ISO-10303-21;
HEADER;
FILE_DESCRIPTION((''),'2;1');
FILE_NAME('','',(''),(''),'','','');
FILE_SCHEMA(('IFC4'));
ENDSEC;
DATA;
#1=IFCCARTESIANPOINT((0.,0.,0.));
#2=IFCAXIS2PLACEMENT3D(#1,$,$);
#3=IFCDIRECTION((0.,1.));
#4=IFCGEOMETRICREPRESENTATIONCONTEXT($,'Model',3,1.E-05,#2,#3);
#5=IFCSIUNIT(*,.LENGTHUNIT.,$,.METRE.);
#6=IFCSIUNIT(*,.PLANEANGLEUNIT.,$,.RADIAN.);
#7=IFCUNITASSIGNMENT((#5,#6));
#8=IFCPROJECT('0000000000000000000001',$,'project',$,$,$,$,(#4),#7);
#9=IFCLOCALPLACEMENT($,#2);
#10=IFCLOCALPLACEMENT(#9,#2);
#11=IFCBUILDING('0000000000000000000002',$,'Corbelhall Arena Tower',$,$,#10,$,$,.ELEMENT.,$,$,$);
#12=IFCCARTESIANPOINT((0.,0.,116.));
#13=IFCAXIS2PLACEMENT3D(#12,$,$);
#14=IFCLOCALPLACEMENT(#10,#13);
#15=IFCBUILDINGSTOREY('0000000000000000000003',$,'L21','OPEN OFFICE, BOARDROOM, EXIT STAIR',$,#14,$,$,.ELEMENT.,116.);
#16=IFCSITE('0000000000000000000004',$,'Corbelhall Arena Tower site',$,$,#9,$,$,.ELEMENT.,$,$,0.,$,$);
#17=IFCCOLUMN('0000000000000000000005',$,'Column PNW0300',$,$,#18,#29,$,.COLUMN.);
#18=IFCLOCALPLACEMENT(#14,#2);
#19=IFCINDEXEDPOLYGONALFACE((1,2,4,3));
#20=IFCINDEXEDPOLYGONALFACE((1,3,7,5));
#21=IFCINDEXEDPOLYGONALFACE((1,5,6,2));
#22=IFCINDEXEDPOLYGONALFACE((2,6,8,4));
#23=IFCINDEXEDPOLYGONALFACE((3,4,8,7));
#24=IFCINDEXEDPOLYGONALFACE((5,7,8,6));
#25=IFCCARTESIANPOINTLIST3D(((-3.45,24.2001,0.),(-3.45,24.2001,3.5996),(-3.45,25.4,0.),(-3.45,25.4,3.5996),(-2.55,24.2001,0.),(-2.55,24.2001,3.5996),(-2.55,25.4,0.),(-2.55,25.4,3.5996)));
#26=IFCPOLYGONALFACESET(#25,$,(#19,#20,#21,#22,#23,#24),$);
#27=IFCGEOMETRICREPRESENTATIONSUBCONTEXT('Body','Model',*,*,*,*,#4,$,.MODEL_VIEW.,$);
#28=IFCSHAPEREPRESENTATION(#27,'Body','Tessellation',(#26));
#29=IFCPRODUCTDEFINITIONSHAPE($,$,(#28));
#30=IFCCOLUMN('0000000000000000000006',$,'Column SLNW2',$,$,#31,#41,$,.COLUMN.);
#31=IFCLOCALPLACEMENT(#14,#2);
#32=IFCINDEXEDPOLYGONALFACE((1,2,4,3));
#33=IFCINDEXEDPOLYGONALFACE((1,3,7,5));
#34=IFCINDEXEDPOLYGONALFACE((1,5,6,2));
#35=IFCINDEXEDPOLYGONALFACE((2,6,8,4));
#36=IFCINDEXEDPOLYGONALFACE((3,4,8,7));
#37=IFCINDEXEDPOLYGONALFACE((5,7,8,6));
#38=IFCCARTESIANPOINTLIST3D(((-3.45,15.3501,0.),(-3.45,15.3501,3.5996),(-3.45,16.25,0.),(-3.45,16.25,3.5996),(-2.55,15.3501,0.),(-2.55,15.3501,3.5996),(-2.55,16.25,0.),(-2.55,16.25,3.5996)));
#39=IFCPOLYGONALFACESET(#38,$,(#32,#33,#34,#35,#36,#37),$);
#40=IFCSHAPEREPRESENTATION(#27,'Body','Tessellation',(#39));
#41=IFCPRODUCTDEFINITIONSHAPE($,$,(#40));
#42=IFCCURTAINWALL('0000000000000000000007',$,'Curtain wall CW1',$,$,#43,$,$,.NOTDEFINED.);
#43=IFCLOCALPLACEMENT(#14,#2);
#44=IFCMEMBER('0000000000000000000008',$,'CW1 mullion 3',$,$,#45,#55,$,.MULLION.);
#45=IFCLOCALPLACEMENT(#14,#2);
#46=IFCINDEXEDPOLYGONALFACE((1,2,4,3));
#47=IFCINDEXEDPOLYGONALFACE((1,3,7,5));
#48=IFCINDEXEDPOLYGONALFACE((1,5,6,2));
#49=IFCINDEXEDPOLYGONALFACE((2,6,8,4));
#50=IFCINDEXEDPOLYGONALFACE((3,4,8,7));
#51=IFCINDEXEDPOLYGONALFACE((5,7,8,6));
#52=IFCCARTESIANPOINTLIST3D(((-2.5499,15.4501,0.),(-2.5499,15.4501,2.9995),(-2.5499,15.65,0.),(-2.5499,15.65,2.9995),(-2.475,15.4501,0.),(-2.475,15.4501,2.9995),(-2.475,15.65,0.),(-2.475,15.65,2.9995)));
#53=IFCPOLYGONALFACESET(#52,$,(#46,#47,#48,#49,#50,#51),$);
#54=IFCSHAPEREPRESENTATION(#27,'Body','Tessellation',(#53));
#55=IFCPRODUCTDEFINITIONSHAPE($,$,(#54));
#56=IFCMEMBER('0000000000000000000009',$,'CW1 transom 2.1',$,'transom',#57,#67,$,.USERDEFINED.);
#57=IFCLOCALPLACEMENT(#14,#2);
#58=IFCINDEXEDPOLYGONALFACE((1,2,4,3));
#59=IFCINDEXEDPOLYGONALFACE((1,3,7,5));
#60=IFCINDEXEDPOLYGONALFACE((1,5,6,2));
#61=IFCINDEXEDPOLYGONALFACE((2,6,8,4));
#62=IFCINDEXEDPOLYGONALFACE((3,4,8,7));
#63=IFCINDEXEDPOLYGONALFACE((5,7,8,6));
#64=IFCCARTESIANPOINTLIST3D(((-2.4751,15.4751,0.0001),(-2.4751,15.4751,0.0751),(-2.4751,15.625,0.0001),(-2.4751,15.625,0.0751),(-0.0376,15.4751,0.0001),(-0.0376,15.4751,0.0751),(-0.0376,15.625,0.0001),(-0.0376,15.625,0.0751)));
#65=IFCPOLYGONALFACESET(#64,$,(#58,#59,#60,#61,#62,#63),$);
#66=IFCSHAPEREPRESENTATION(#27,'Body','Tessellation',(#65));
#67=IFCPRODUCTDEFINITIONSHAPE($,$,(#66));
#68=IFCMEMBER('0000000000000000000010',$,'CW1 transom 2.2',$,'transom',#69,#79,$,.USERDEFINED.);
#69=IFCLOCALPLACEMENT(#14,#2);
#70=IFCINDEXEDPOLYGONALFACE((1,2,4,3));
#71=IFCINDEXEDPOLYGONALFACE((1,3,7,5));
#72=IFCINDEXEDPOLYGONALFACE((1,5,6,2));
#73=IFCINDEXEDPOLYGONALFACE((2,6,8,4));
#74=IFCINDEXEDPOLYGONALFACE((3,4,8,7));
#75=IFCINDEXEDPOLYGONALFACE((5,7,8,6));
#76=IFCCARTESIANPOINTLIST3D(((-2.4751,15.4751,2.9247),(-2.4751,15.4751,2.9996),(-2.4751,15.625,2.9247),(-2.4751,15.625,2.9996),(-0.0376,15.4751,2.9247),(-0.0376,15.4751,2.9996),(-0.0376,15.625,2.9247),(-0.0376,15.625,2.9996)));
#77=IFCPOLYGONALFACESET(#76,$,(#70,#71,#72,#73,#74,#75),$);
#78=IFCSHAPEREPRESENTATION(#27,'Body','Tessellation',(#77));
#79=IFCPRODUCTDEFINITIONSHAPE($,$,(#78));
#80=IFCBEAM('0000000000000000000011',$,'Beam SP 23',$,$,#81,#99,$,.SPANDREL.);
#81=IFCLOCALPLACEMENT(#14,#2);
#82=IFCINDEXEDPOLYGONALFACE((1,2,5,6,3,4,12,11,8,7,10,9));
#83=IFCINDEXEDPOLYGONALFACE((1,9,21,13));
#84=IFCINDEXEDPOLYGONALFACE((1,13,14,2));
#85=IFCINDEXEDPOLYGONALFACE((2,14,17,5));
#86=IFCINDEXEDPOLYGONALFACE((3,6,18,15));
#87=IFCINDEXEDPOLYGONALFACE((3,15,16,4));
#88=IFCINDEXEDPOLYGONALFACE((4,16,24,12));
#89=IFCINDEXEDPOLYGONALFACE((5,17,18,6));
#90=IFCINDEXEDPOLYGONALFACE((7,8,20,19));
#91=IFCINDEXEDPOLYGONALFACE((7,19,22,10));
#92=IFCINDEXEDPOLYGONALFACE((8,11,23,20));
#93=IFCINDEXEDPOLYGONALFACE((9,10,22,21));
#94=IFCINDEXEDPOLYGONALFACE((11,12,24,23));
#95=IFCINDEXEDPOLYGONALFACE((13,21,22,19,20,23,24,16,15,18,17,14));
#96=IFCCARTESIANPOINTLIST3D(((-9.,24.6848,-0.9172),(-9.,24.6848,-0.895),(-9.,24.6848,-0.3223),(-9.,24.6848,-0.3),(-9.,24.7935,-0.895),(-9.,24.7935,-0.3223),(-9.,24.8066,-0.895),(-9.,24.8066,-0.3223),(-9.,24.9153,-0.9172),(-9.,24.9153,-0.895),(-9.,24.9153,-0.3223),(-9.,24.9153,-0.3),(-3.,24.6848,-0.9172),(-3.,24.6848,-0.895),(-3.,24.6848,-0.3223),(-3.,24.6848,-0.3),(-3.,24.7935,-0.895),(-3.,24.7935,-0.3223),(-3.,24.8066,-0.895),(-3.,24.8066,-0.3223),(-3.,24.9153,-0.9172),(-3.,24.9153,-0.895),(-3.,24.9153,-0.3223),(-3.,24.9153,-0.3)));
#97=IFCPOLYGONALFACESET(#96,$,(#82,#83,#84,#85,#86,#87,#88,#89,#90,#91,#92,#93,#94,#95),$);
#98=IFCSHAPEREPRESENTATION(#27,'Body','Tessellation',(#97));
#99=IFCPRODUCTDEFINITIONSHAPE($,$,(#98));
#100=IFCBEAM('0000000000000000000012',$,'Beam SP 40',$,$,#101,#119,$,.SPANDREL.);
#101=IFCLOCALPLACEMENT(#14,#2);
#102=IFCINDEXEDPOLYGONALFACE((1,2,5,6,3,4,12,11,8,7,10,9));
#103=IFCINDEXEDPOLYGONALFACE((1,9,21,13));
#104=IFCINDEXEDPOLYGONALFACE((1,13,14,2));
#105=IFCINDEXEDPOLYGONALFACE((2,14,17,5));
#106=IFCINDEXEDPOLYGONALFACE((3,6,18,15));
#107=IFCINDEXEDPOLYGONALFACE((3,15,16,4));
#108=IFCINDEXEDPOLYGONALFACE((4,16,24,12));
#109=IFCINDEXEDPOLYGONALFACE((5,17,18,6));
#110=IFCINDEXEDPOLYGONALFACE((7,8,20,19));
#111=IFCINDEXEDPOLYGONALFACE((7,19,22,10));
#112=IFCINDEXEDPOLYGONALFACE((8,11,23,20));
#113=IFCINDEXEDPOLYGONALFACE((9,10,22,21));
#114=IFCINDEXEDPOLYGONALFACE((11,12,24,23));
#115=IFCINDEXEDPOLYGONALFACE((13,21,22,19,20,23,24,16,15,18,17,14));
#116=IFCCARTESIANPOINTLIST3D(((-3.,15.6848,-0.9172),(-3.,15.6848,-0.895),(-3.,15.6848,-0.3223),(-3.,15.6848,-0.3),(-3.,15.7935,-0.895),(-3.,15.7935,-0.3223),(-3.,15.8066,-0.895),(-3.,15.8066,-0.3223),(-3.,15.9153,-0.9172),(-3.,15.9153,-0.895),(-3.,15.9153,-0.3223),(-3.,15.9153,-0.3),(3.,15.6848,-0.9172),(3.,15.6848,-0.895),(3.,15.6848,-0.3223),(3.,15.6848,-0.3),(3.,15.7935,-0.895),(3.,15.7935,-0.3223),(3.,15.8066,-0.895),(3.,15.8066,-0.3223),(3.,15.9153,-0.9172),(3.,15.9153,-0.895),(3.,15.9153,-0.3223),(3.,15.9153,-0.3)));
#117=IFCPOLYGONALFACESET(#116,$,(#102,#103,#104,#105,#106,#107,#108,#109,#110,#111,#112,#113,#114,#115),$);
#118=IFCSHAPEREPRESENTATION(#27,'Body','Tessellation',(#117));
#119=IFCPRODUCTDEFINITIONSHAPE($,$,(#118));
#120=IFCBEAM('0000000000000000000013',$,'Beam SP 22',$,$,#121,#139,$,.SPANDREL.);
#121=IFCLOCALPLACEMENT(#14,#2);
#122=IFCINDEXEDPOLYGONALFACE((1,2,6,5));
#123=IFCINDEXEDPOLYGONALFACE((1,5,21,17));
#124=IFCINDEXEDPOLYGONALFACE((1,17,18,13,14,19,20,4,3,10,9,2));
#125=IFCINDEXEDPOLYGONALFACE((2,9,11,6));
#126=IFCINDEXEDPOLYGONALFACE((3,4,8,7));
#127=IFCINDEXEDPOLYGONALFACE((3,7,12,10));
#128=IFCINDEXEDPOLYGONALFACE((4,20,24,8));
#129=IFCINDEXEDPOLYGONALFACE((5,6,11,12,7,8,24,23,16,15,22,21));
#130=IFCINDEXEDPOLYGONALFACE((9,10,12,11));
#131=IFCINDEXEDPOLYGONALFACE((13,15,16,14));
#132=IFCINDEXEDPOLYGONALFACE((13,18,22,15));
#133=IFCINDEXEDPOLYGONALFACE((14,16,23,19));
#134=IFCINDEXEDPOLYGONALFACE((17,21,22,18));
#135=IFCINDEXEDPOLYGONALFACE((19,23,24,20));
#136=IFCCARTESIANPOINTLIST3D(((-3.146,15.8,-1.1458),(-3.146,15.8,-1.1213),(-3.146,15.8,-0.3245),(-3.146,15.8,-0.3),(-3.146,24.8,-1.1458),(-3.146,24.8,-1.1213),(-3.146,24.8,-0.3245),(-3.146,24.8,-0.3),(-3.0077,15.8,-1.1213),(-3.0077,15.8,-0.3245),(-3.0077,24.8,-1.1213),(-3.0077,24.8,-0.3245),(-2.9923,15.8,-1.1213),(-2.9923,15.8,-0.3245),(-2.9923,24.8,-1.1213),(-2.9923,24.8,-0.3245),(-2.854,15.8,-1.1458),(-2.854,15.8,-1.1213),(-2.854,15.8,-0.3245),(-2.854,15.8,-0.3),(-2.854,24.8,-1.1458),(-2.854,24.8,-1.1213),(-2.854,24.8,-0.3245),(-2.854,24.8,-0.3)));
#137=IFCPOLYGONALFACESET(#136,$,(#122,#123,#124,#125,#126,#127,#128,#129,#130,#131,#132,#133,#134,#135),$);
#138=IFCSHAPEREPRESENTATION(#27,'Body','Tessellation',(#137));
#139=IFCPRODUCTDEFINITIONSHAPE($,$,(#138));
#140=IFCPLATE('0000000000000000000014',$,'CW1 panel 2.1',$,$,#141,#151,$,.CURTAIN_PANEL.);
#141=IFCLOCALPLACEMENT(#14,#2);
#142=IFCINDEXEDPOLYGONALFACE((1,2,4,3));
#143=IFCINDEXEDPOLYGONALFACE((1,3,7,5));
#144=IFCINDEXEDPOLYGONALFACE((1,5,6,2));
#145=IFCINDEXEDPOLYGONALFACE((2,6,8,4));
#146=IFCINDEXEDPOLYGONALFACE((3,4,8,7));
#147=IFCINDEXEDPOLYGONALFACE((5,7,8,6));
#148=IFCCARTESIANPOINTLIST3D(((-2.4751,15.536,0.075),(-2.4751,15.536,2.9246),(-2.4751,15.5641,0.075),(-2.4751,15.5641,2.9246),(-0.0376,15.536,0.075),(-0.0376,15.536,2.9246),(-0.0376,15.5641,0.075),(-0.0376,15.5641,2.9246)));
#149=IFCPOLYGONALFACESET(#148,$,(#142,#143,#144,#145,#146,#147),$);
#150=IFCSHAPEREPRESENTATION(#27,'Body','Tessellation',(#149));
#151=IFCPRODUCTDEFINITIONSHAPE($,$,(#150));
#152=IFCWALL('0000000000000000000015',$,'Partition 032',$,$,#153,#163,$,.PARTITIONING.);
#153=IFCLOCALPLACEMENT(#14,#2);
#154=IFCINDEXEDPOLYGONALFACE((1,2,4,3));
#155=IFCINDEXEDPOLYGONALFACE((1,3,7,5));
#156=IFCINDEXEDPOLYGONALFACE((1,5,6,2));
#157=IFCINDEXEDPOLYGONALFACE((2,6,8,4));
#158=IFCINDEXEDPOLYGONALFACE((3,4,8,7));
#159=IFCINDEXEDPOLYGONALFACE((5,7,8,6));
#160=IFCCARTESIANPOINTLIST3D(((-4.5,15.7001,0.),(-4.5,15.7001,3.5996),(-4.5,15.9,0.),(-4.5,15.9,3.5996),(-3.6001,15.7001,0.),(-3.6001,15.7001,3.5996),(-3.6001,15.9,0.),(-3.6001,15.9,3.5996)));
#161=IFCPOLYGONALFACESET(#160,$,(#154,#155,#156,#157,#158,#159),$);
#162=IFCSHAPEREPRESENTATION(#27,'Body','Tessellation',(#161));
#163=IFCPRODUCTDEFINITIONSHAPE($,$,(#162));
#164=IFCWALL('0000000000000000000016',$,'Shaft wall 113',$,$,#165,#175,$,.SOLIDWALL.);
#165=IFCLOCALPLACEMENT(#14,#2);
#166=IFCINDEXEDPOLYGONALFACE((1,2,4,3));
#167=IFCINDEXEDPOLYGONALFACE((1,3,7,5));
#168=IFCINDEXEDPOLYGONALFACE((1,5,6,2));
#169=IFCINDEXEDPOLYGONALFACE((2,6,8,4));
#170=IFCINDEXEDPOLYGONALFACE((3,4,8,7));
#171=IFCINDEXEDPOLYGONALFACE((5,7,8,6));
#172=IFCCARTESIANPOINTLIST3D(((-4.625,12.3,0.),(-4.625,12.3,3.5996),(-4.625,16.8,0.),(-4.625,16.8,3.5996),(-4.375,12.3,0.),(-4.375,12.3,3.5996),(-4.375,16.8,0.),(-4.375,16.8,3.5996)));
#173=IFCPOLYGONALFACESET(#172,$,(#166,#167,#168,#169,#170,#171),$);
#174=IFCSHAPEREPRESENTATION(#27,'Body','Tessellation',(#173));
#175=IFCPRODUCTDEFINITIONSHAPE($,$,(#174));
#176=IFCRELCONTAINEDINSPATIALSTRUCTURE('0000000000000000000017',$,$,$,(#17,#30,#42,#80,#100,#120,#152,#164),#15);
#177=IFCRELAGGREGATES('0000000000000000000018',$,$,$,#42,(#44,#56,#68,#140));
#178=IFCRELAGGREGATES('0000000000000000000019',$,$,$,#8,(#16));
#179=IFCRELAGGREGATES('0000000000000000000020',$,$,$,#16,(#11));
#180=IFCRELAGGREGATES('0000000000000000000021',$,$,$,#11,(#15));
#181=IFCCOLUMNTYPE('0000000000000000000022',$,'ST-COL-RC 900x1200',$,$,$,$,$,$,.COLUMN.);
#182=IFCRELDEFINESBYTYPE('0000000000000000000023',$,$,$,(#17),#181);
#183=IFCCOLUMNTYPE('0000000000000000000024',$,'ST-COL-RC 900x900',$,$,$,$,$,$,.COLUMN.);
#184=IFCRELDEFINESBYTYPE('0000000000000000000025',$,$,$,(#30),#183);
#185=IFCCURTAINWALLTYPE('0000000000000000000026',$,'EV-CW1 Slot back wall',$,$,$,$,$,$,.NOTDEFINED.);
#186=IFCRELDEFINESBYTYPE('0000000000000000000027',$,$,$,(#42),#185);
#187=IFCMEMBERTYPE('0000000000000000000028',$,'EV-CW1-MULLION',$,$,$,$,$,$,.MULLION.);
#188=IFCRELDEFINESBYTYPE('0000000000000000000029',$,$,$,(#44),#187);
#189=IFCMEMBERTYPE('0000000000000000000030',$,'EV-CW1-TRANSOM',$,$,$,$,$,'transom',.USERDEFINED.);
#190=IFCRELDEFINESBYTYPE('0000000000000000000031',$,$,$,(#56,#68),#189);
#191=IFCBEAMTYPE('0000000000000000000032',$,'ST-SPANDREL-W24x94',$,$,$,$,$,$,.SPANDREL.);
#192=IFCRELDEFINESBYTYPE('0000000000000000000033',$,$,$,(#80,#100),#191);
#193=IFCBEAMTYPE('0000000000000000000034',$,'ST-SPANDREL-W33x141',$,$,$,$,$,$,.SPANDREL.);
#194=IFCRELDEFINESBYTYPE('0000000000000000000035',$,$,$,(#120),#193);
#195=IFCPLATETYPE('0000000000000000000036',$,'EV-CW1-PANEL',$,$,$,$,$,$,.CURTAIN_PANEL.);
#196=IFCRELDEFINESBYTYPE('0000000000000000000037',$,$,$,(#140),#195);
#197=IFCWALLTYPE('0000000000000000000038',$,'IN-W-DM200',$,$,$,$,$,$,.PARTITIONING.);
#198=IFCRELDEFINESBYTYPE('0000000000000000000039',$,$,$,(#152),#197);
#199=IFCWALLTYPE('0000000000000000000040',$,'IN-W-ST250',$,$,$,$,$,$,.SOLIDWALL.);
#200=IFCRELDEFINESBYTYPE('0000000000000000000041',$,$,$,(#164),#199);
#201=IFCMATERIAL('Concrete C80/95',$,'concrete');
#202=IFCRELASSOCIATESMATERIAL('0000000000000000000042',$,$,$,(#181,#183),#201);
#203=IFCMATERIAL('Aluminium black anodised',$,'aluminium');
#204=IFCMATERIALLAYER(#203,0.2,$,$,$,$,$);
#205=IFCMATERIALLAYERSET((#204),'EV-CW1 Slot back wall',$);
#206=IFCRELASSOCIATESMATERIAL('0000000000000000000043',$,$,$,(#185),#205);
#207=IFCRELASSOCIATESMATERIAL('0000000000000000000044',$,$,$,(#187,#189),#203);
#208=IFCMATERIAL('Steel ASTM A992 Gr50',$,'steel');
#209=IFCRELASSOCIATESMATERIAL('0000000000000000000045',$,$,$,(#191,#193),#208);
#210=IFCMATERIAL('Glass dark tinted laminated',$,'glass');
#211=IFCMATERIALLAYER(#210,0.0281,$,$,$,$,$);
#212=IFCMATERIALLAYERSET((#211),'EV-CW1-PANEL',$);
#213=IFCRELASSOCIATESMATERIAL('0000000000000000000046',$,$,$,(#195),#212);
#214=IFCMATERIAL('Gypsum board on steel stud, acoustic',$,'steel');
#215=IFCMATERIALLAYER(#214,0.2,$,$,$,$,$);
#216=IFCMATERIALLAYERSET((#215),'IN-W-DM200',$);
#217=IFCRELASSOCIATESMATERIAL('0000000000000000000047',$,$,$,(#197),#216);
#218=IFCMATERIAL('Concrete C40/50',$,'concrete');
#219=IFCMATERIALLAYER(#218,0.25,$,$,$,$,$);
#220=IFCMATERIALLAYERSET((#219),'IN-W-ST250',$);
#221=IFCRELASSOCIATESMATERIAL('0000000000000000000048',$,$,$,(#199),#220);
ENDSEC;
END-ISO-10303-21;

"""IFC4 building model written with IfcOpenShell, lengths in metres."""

from ifc_helpers import new_model, si_unit, direction, frame, frame_2d, origin, origin_2d, place, context, subcontext, project, spatial, rectangle, i_section, extrude, material, layer, layer_set, material_profile, profile_set, type_object, element, aggregate, save


model = new_model("IFC4")

# Units and contexts
model_context = context("Model", 3, precision=1e-05, world=origin(), true_north=direction((0.0, 1.0)))
body_context = subcontext(model_context, "Body", "Model", "MODEL_VIEW")
ifc_project = project(units=[si_unit("LENGTHUNIT", "METRE"), si_unit("PLANEANGLEUNIT", "RADIAN")], contexts=[model_context])

# Site, building, storey
site_placement = place(None, origin())
site = spatial("IfcSite", under=ifc_project, at=site_placement, Name="Corbelhall Arena Tower site", CompositionType="ELEMENT", RefElevation=0.0)
building_placement = place(site_placement, origin())
building = spatial("IfcBuilding", under=site, at=building_placement, Name="Corbelhall Arena Tower", CompositionType="ELEMENT")
storey_placement = place(building_placement, frame((0.0, 0.0, 116.0)))
storey = spatial("IfcBuildingStorey", under=building, at=storey_placement, Name="L21", Description="OPEN OFFICE, BOARDROOM, EXIT STAIR", CompositionType="ELEMENT", Elevation=116.0)

# Columns
ifc_material_1 = material(Name="Concrete C80/95", Category="concrete")
ifc_material_profile_1 = material_profile(ifc_material_1, rectangle(XDim=0.8999, YDim=1.2, at=origin_2d()))
ifc_profile_set_1 = profile_set([ifc_material_profile_1], Name="Concrete C80/95")
column_type_1 = type_object("IfcColumnType", Name="ST-COL-RC 900x1200", PredefinedType="COLUMN", material=ifc_profile_set_1)
column_1_placement = place(storey_placement, frame((-3.0, 24.8, 0.0), z_axis=(0.0, 0.0, 1.0), x_axis=(1.0, 0.0, 0.0)))
element("IfcColumn", 1, at=column_1_placement, inside=storey, type_object=column_type_1, Name="Column PNW0300", PredefinedType="COLUMN", context=body_context, shape_type="SweptSolid", body=[
    extrude(rectangle(XDim=0.8999, YDim=1.2, at=origin_2d()), origin(), (0.0, 0.0, 1.0), 3.5996),
])
ifc_material_profile_2 = material_profile(ifc_material_1, rectangle(XDim=0.8999, YDim=0.8999, at=origin_2d()))
ifc_profile_set_2 = profile_set([ifc_material_profile_2], Name="Concrete C80/95")
column_type_2 = type_object("IfcColumnType", Name="ST-COL-RC 900x900", PredefinedType="COLUMN", material=ifc_profile_set_2)
column_2_placement = place(storey_placement, frame((-3.0, 15.8, 0.0), z_axis=(0.0, 0.0, 1.0), x_axis=(1.0, 0.0, 0.0)))
element("IfcColumn", 2, at=column_2_placement, inside=storey, type_object=column_type_2, Name="Column SLNW2", PredefinedType="COLUMN", context=body_context, shape_type="SweptSolid", body=[
    extrude(rectangle(XDim=0.8999, YDim=0.8999, at=origin_2d()), origin(), (0.0, 0.0, 1.0), 3.5996),
])

# Curtain wall, members
ifc_material_2 = material(Name="Aluminium black anodised", Category="aluminium")
ifc_layer_1 = layer(ifc_material_2, 0.2)
ifc_layer_set_1 = layer_set([ifc_layer_1], Name="EV-CW1 Slot back wall")
curtain_wall_type = type_object("IfcCurtainWallType", Name="EV-CW1 Slot back wall", PredefinedType="NOTDEFINED", material=ifc_layer_set_1)
curtain_wall_placement = place(storey_placement, origin())
curtain_wall = element("IfcCurtainWall", 3, at=curtain_wall_placement, inside=storey, type_object=curtain_wall_type, Name="Curtain wall CW1", PredefinedType="NOTDEFINED")
ifc_material_profile_3 = material_profile(ifc_material_2, rectangle(XDim=0.2, YDim=0.075, at=origin_2d()))
ifc_profile_set_3 = profile_set([ifc_material_profile_3], Name="Aluminium black anodised")
member_type_1 = type_object("IfcMemberType", Name="EV-CW1-MULLION", PredefinedType="MULLION", material=ifc_profile_set_3)
member_1_placement = place(storey_placement, frame((-2.5125, 15.55, 0.0), z_axis=(0.0, 0.0, 1.0), x_axis=(0.0, -1.0, 0.0)))
member_1 = element("IfcMember", 4, at=member_1_placement, type_object=member_type_1, Name="CW1 mullion 3", PredefinedType="MULLION", context=body_context, shape_type="SweptSolid", body=[
    extrude(rectangle(XDim=0.2, YDim=0.075, at=origin_2d()), origin(), (0.0, 0.0, 1.0), 2.9995),
])
ifc_material_profile_4 = material_profile(ifc_material_2, rectangle(XDim=0.1499, YDim=0.075, at=origin_2d()))
ifc_profile_set_4 = profile_set([ifc_material_profile_4], Name="Aluminium black anodised")
member_type_2 = type_object("IfcMemberType", Name="EV-CW1-TRANSOM", ElementType="transom", PredefinedType="USERDEFINED", material=ifc_profile_set_4)
member_2_placement = place(storey_placement, frame((-0.0376, 15.55, 0.0376), z_axis=(-1.0, 0.0, 0.0), x_axis=(0.0, -1.0, 0.0)))
member_2 = element("IfcMember", 5, at=member_2_placement, type_object=member_type_2, Name="CW1 transom 2.1", ObjectType="transom", PredefinedType="USERDEFINED", context=body_context, shape_type="SweptSolid", body=[
    extrude(rectangle(XDim=0.1499, YDim=0.075, at=origin_2d()), origin(), (0.0, 0.0, 1.0), 2.4375),
])
member_3_placement = place(storey_placement, frame((-0.0376, 15.55, 2.9622), z_axis=(-1.0, 0.0, 0.0), x_axis=(0.0, -1.0, 0.0)))
member_3 = element("IfcMember", 6, at=member_3_placement, type_object=member_type_2, Name="CW1 transom 2.2", ObjectType="transom", PredefinedType="USERDEFINED", context=body_context, shape_type="SweptSolid", body=[
    extrude(rectangle(XDim=0.1499, YDim=0.075, at=origin_2d()), origin(), (0.0, 0.0, 1.0), 2.4375),
])

# Beams
ifc_material_3 = material(Name="Steel ASTM A992 Gr50", Category="steel")
ifc_material_profile_5 = material_profile(ifc_material_3, i_section(OverallWidth=0.2305, OverallDepth=0.6172, WebThickness=0.0132, FlangeThickness=0.0222, at=origin_2d()))
ifc_profile_set_5 = profile_set([ifc_material_profile_5], Name="Steel ASTM A992 Gr50")
beam_type_1 = type_object("IfcBeamType", Name="ST-SPANDREL-W24x94", PredefinedType="SPANDREL", material=ifc_profile_set_5)
for number, where, z_axis, x_axis, name in (
    (7, (-9.0, 24.8, -0.6086), (1.0, 0.0, 0.0), (0.0, 1.0, 0.0), "Beam SP 23"),
    (8, (-3.0, 15.8, -0.6086), (1.0, 0.0, 0.0), (0.0, 1.0, 0.0), "Beam SP 40"),
):
    element("IfcBeam", number, at=place(storey_placement, frame(where, z_axis=z_axis, x_axis=x_axis)), inside=storey, type_object=beam_type_1, Name=name, PredefinedType="SPANDREL", context=body_context, shape_type="SweptSolid", body=[
        extrude(i_section(OverallWidth=0.2305, OverallDepth=0.6172, WebThickness=0.0132, FlangeThickness=0.0222, at=origin_2d()), origin(), (0.0, 0.0, 1.0), 6.0),
    ])
ifc_material_profile_6 = material_profile(ifc_material_3, i_section(OverallWidth=0.292, OverallDepth=0.8457, WebThickness=0.0154, FlangeThickness=0.0244, at=origin_2d()))
ifc_profile_set_6 = profile_set([ifc_material_profile_6], Name="Steel ASTM A992 Gr50")
beam_type_2 = type_object("IfcBeamType", Name="ST-SPANDREL-W33x141", PredefinedType="SPANDREL", material=ifc_profile_set_6)
beam_placement = place(storey_placement, frame((-3.0, 24.8, -0.7229), z_axis=(0.0, -1.0, 0.0), x_axis=(1.0, 0.0, 0.0)))
element("IfcBeam", 9, at=beam_placement, inside=storey, type_object=beam_type_2, Name="Beam SP 22", PredefinedType="SPANDREL", context=body_context, shape_type="SweptSolid", body=[
    extrude(i_section(OverallWidth=0.292, OverallDepth=0.8457, WebThickness=0.0154, FlangeThickness=0.0244, at=origin_2d()), origin(), (0.0, 0.0, 1.0), 9.0),
])

# Plate
ifc_material_4 = material(Name="Glass dark tinted laminated", Category="glass")
ifc_layer_2 = layer(ifc_material_4, 0.0281)
ifc_layer_set_2 = layer_set([ifc_layer_2], Name="EV-CW1-PANEL")
plate_type = type_object("IfcPlateType", Name="EV-CW1-PANEL", PredefinedType="CURTAIN_PANEL", material=ifc_layer_set_2)
plate_placement = place(storey_placement, frame((-1.2563, 15.55, 0.075), z_axis=(0.0, 0.0, 1.0), x_axis=(-1.0, 0.0, 0.0)))
plate = element("IfcPlate", 10, at=plate_placement, type_object=plate_type, Name="CW1 panel 2.1", PredefinedType="CURTAIN_PANEL", context=body_context, shape_type="SweptSolid", body=[
    extrude(rectangle(XDim=2.4375, YDim=0.0281, at=origin_2d()), origin(), (0.0, 0.0, 1.0), 2.8496),
])
aggregate(curtain_wall, [member_1, member_2, member_3, plate])

# Walls
ifc_material_5 = material(Name="Gypsum board on steel stud, acoustic", Category="steel")
ifc_layer_3 = layer(ifc_material_5, 0.2)
ifc_layer_set_3 = layer_set([ifc_layer_3], Name="IN-W-DM200")
wall_type_1 = type_object("IfcWallType", Name="IN-W-DM200", PredefinedType="PARTITIONING", material=ifc_layer_set_3)
wall_1_placement = place(storey_placement, frame((-4.5, 15.8, 0.0), z_axis=(0.0, 0.0, 1.0), x_axis=(1.0, 0.0, 0.0)))
element("IfcWall", 11, at=wall_1_placement, inside=storey, type_object=wall_type_1, Name="Partition 032", PredefinedType="PARTITIONING", context=body_context, shape_type="SweptSolid", body=[
    extrude(rectangle(XDim=0.8999, YDim=0.2, at=frame_2d((0.45, 0.0))), origin(), (0.0, 0.0, 1.0), 3.5996),
])
ifc_material_6 = material(Name="Concrete C40/50", Category="concrete")
ifc_layer_4 = layer(ifc_material_6, 0.25)
ifc_layer_set_4 = layer_set([ifc_layer_4], Name="IN-W-ST250")
wall_type_2 = type_object("IfcWallType", Name="IN-W-ST250", PredefinedType="SOLIDWALL", material=ifc_layer_set_4)
wall_2_placement = place(storey_placement, frame((-4.5, 16.8, 0.0), z_axis=(0.0, 0.0, 1.0), x_axis=(0.0, -1.0, 0.0)))
element("IfcWall", 12, at=wall_2_placement, inside=storey, type_object=wall_type_2, Name="Shaft wall 113", PredefinedType="SOLIDWALL", context=body_context, shape_type="SweptSolid", body=[
    extrude(rectangle(XDim=4.5, YDim=0.25, at=frame_2d((2.25, 0.0))), origin(), (0.0, 0.0, 1.0), 3.5996),
])

save(model, "model.ifc")
